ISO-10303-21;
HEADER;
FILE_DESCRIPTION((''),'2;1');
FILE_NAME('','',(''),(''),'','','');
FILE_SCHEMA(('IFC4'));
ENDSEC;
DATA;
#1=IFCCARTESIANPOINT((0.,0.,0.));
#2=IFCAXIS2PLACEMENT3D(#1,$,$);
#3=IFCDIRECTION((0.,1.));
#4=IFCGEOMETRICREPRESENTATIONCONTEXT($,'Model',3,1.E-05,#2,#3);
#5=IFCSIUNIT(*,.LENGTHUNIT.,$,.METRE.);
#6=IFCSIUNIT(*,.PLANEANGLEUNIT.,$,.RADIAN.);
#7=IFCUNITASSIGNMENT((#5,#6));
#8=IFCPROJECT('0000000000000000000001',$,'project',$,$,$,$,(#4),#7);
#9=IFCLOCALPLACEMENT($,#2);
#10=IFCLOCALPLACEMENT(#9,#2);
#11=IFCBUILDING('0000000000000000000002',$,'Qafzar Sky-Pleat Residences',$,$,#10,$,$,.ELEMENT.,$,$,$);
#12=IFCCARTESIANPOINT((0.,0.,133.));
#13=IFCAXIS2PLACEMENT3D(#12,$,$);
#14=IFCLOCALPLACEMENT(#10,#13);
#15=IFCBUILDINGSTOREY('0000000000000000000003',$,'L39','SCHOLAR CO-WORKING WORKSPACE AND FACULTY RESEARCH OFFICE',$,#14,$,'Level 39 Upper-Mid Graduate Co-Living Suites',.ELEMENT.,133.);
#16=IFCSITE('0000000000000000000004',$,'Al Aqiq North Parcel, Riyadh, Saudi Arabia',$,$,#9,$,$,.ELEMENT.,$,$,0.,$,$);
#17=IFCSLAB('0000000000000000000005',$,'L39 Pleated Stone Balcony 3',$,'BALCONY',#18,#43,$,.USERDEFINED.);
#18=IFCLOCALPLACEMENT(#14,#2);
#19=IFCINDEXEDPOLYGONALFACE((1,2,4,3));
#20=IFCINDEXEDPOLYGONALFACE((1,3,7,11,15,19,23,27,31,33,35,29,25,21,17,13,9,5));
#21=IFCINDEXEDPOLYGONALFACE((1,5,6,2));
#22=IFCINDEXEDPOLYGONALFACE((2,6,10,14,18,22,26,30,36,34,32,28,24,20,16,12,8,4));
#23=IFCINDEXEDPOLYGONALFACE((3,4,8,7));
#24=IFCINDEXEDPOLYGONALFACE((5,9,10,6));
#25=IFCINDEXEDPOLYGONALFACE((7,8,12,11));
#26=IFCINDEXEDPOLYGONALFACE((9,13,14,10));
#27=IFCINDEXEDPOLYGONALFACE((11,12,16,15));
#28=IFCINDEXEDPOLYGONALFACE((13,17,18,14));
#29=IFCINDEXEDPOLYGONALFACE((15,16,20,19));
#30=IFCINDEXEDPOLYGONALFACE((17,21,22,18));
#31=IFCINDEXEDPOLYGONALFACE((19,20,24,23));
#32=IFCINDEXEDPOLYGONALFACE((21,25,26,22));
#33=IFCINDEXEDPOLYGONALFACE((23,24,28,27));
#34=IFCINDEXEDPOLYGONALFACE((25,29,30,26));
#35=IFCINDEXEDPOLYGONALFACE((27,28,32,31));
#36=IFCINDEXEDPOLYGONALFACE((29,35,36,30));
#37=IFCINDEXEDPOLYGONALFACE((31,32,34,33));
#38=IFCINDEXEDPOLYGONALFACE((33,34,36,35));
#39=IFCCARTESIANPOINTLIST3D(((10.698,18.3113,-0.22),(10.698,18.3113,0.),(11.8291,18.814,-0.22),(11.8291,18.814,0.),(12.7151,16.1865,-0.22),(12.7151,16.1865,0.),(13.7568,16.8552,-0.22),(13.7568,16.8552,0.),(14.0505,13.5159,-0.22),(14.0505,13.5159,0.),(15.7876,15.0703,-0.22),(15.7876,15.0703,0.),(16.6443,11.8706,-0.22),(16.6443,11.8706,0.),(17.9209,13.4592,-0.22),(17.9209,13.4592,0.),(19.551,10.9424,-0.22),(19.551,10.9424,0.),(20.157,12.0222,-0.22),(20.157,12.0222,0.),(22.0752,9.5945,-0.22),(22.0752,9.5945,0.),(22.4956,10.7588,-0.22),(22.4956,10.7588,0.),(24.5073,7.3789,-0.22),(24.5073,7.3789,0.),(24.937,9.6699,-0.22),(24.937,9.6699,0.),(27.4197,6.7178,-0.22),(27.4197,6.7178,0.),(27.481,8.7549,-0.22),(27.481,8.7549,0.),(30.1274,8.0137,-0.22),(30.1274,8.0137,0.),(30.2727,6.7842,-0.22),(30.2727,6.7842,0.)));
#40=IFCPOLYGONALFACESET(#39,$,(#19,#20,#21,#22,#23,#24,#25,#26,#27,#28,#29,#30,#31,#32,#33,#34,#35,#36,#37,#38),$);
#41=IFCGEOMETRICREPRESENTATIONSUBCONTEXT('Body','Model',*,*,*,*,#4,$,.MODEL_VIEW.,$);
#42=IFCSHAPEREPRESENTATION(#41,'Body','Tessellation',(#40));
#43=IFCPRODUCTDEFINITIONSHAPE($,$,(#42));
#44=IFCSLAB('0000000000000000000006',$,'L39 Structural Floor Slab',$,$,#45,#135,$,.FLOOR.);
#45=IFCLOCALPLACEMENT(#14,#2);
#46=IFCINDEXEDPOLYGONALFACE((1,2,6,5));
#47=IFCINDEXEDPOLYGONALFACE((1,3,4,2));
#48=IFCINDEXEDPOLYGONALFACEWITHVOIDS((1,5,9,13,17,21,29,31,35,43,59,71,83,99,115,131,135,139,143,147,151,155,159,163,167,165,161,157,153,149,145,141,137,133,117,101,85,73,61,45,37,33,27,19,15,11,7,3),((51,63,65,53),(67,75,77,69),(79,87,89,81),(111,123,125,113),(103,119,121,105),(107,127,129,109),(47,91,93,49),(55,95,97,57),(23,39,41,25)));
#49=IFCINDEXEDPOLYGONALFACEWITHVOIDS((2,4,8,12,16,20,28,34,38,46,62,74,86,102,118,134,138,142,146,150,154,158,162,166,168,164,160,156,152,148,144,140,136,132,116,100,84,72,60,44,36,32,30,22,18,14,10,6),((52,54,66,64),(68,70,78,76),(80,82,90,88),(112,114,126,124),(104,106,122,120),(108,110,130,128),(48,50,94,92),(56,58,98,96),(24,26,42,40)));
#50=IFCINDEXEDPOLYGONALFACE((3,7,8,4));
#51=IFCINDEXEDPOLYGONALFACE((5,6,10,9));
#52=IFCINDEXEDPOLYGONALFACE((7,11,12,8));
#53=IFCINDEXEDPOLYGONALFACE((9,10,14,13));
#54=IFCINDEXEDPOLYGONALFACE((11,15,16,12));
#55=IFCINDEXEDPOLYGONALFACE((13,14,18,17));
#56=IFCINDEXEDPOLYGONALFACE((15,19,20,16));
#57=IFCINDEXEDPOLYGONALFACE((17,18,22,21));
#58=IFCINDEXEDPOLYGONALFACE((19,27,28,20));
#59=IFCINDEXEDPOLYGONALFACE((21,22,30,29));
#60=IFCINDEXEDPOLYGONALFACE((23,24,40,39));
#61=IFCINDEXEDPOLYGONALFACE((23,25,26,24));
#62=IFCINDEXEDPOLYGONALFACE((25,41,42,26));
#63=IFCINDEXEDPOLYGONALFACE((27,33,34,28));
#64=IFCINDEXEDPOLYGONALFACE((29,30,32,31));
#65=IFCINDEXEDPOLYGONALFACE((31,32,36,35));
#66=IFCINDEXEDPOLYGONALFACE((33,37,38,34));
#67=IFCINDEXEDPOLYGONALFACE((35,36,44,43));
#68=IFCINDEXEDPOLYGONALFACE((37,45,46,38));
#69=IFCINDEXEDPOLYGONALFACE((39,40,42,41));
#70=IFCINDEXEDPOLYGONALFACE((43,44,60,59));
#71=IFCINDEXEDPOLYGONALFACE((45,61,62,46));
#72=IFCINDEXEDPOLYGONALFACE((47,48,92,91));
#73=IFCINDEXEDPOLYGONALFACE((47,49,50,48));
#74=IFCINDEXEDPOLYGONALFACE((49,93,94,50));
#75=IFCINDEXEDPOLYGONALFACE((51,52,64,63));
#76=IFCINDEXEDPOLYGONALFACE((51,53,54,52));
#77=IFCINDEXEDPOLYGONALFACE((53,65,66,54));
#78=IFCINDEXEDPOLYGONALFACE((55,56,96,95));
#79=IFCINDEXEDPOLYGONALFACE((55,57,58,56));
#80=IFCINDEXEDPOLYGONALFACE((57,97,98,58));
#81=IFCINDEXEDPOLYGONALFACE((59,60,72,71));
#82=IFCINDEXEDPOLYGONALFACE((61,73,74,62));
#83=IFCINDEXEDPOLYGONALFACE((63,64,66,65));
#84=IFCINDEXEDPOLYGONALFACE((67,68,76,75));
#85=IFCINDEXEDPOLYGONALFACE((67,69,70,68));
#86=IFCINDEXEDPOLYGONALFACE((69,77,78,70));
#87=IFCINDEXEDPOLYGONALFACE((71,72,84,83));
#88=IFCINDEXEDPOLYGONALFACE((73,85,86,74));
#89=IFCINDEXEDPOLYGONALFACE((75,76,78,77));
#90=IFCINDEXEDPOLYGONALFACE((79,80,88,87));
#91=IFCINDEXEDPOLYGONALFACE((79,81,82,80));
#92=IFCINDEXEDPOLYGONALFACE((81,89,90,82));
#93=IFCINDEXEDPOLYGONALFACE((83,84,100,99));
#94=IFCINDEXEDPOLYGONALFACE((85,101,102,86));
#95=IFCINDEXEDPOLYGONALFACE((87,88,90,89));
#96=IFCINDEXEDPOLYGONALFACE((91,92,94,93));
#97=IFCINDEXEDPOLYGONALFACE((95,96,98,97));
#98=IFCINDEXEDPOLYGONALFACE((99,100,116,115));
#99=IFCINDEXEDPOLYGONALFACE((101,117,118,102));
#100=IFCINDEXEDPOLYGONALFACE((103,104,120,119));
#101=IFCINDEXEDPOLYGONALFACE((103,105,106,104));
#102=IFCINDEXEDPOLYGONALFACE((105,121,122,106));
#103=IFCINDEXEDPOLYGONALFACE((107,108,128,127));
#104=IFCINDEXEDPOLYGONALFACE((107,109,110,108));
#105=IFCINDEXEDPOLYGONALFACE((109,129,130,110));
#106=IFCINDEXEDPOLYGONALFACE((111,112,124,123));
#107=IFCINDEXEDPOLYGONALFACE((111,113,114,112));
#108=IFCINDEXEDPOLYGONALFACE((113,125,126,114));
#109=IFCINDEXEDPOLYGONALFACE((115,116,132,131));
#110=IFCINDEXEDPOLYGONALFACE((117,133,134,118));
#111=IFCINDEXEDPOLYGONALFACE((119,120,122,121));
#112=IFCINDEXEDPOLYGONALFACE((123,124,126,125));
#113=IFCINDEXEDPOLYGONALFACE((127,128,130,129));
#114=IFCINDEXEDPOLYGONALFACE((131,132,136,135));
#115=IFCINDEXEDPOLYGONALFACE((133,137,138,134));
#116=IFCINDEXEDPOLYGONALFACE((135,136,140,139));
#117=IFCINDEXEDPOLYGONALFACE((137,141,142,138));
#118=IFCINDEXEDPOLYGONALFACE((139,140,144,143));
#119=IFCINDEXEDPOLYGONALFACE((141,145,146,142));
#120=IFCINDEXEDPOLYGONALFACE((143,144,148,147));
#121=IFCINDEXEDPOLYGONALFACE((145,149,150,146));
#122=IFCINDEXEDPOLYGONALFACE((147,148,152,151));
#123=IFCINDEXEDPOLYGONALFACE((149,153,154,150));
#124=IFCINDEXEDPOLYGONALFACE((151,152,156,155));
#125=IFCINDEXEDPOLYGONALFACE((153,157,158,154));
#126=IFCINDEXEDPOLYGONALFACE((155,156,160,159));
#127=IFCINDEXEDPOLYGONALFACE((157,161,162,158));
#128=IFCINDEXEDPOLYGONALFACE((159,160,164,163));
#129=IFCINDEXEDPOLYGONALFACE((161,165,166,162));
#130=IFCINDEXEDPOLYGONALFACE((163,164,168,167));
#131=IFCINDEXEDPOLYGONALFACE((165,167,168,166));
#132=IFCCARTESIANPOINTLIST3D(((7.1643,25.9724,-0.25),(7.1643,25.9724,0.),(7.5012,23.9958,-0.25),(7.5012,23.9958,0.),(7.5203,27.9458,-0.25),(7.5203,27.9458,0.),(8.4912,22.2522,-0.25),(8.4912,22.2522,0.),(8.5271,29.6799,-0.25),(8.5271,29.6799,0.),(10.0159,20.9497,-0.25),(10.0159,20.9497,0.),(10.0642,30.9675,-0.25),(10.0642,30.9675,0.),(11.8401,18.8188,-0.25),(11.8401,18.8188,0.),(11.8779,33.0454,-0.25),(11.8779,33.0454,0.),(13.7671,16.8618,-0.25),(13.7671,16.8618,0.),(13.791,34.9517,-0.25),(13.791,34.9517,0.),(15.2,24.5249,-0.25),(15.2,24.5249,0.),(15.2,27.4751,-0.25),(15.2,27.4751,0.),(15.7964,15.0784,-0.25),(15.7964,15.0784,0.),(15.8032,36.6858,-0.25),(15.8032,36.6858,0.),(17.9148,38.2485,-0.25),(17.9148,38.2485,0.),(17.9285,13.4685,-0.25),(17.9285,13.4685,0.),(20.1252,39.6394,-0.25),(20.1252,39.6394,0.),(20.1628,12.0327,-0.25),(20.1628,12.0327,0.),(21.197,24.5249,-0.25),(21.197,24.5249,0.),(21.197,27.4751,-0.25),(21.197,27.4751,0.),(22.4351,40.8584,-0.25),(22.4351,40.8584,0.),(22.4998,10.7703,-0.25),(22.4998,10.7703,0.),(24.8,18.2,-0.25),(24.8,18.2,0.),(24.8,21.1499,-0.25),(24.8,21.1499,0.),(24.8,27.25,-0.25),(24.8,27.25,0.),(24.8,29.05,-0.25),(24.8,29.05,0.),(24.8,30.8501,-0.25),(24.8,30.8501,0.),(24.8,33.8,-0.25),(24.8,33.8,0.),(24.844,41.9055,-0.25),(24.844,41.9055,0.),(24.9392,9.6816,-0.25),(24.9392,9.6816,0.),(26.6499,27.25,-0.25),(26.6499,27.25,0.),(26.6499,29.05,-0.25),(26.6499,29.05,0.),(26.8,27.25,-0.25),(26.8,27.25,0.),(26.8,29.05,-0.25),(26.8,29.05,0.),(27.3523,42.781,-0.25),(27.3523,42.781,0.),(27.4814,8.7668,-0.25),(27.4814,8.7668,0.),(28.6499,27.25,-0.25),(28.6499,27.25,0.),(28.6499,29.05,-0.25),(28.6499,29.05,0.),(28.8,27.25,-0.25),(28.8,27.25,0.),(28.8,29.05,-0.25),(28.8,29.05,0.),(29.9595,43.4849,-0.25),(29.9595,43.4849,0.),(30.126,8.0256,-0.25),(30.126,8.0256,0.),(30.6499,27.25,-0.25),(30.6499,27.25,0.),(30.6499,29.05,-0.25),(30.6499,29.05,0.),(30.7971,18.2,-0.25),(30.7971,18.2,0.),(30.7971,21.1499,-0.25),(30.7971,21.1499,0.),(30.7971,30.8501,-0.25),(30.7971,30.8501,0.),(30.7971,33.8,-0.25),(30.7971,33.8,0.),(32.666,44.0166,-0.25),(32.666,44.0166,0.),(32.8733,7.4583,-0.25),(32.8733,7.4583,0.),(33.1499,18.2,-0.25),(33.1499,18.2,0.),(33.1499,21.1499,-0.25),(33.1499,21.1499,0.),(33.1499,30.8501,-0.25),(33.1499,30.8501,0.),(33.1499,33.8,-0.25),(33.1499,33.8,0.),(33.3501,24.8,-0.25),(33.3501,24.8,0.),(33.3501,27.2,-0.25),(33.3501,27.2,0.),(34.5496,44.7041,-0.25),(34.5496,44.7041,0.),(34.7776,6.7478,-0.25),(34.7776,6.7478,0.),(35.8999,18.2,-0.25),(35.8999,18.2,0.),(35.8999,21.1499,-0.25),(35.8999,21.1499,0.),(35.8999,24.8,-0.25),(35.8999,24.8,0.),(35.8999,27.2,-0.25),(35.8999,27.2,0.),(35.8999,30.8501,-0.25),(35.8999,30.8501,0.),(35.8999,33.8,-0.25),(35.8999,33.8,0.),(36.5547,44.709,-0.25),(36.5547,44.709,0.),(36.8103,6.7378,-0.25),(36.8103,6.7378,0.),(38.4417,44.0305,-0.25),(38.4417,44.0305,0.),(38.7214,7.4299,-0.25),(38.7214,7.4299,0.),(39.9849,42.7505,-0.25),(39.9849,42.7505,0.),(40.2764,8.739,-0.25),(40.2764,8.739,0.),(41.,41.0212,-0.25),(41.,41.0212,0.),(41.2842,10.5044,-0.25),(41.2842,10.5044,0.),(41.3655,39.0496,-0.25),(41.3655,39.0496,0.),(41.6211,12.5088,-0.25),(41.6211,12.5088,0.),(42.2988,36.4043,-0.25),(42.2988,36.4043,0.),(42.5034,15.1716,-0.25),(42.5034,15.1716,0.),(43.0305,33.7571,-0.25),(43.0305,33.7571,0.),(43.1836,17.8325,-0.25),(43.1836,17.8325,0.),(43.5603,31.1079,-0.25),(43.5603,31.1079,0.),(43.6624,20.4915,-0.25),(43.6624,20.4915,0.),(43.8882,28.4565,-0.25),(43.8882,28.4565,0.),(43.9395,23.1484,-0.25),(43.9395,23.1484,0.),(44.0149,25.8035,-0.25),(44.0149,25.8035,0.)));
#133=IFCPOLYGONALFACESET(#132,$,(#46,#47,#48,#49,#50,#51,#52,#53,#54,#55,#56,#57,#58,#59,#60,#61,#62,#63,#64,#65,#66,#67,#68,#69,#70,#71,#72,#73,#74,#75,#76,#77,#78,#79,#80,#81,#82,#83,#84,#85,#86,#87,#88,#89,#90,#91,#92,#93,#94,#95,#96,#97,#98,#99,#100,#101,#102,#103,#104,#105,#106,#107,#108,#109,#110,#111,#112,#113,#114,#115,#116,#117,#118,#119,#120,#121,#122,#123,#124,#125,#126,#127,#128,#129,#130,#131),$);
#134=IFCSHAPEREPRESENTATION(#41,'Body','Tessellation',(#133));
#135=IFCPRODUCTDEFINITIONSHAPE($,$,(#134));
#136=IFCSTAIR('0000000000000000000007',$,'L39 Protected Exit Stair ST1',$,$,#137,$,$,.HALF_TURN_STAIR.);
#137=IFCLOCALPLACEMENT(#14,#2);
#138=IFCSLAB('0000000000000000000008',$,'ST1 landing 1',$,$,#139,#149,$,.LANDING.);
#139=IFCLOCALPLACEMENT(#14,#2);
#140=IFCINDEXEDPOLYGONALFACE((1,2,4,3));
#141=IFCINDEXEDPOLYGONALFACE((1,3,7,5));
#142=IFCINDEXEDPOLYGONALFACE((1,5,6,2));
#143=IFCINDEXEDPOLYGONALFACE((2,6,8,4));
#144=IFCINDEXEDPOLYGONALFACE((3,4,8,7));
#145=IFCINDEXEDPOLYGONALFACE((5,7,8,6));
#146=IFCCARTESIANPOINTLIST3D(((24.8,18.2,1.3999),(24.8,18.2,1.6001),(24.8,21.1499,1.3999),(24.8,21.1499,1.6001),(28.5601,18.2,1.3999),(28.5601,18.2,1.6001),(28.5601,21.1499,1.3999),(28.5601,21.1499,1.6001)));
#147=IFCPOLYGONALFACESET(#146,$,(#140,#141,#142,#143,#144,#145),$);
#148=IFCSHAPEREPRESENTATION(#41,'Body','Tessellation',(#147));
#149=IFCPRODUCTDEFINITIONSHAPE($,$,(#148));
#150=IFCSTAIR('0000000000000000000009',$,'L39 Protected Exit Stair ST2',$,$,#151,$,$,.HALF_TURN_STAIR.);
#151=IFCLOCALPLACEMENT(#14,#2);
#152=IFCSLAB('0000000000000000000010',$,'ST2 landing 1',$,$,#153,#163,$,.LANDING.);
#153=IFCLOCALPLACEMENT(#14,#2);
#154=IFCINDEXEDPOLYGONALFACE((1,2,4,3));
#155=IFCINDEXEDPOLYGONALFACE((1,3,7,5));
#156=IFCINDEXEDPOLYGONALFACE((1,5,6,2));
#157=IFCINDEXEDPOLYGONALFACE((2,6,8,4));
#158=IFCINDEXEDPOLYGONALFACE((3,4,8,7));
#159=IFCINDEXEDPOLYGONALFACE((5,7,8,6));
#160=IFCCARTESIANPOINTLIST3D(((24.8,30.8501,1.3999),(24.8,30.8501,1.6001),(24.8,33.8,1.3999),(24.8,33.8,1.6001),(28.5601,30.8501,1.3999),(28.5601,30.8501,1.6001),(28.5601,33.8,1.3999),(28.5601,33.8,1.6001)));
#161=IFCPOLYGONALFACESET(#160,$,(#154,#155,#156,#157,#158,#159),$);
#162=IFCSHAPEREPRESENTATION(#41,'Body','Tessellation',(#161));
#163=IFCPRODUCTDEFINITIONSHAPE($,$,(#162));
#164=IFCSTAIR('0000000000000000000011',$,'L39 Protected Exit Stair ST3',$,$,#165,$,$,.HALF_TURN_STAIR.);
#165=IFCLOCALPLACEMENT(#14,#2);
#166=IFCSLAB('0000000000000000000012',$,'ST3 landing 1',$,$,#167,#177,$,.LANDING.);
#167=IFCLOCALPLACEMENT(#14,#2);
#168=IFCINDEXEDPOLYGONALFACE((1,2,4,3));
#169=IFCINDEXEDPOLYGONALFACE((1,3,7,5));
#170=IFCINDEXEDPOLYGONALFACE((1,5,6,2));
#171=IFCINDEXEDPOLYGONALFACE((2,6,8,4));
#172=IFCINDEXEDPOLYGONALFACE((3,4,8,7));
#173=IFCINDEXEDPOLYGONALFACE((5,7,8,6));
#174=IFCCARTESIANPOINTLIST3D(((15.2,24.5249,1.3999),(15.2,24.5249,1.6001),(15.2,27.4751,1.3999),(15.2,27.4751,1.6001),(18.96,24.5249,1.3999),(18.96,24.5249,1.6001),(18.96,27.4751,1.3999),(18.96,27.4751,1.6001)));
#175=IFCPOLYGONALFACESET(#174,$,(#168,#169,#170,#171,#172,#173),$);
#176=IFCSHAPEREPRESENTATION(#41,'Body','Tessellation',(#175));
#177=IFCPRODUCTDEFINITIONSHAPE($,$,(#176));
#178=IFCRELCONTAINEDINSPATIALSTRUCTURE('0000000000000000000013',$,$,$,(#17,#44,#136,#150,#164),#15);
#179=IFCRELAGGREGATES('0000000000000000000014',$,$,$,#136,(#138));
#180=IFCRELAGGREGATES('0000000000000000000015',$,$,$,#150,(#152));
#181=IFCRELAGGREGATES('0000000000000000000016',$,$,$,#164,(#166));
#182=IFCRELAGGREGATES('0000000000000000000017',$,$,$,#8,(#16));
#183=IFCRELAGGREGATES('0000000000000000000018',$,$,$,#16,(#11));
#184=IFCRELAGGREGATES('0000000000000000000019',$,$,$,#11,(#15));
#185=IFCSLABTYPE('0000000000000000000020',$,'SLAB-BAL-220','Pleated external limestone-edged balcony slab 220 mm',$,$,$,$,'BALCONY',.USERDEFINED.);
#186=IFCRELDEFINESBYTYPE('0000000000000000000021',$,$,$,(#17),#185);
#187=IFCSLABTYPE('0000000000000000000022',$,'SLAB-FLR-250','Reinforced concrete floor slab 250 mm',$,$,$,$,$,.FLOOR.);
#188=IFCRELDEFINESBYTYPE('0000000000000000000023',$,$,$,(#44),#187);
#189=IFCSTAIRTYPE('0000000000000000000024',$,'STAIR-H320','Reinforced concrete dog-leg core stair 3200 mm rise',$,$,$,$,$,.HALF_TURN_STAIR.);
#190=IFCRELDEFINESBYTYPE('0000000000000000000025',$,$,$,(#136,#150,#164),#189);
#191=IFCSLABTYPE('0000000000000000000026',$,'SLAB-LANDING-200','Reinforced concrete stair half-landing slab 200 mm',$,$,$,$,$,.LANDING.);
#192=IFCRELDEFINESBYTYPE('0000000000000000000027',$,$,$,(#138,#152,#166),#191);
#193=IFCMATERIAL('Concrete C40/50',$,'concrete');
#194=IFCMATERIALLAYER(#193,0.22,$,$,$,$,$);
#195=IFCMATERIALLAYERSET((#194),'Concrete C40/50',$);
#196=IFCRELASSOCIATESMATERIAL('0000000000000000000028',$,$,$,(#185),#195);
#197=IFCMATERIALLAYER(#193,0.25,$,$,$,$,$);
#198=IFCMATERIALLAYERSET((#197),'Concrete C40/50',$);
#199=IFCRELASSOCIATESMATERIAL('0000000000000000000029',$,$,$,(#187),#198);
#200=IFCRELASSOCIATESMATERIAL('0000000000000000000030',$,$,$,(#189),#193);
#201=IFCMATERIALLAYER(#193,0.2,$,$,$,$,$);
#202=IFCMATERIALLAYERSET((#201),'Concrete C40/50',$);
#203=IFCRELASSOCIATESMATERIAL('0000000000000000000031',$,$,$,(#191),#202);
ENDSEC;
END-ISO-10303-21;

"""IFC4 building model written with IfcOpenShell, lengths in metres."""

from ifc_helpers import new_model, si_unit, direction, frame, origin, place, context, subcontext, project, spatial, polyline, outline, extrude, material, layer, layer_set, type_object, element, aggregate, save


model = new_model("IFC4")

# Units and contexts
model_context = context("Model", 3, precision=1e-05, world=origin(), true_north=direction((0.0, 1.0)))
body_context = subcontext(model_context, "Body", "Model", "MODEL_VIEW")
ifc_project = project(units=[si_unit("LENGTHUNIT", "METRE"), si_unit("PLANEANGLEUNIT", "RADIAN")], contexts=[model_context])

# Site, building, storey
site_placement = place(None, origin())
site = spatial("IfcSite", under=ifc_project, at=site_placement, Name="Al Aqiq North Parcel, Riyadh, Saudi Arabia", CompositionType="ELEMENT", RefElevation=0.0)
building_placement = place(site_placement, origin())
building = spatial("IfcBuilding", under=site, at=building_placement, Name="Qafzar Sky-Pleat Residences", CompositionType="ELEMENT")
storey_placement = place(building_placement, frame((0.0, 0.0, 133.0)))
storey = spatial("IfcBuildingStorey", under=building, at=storey_placement, Name="L39", Description="SCHOLAR CO-WORKING WORKSPACE AND FACULTY RESEARCH OFFICE", LongName="Level 39 Upper-Mid Graduate Co-Living Suites", CompositionType="ELEMENT", Elevation=133.0)

# Slabs
ifc_material_1 = material(Name="Concrete C40/50", Category="concrete")
ifc_layer_1 = layer(ifc_material_1, 0.22)
ifc_layer_set_1 = layer_set([ifc_layer_1], Name="Concrete C40/50")
slab_type_1 = type_object("IfcSlabType", Name="SLAB-BAL-220", Description="Pleated external limestone-edged balcony slab 220 mm", ElementType="BALCONY", PredefinedType="USERDEFINED", material=ifc_layer_set_1)
slab_1_placement = place(storey_placement, frame((0.0, 0.0, -0.22)))
element("IfcSlab", 1, at=slab_1_placement, inside=storey, type_object=slab_type_1, Name="L39 Pleated Stone Balcony 3", ObjectType="BALCONY", PredefinedType="USERDEFINED", context=body_context, shape_type="SweptSolid", body=[
    extrude(outline(polyline([(13.7568, 16.8552), (15.7876, 15.0703), (17.9209, 13.4592), (20.157, 12.0222), (22.4956, 10.7588), (24.937, 9.6699), (27.481, 8.7549), (30.1274, 8.0137), (30.2727, 6.7842), (27.4197, 6.7178), (24.5073, 7.3789), (22.0752, 9.5945), (19.551, 10.9424), (16.6443, 11.8706), (14.0505, 13.5159), (12.7151, 16.1865), (10.698, 18.3113), (11.8291, 18.814), (13.7568, 16.8552)])), origin(), (0.0, 0.0, 1.0), 0.22),
])
ifc_layer_2 = layer(ifc_material_1, 0.25)
ifc_layer_set_2 = layer_set([ifc_layer_2], Name="Concrete C40/50")
slab_type_2 = type_object("IfcSlabType", Name="SLAB-FLR-250", Description="Reinforced concrete floor slab 250 mm", PredefinedType="FLOOR", material=ifc_layer_set_2)
slab_2_placement = place(storey_placement, frame((0.0, 0.0, -0.25)))
element("IfcSlab", 2, at=slab_2_placement, inside=storey, type_object=slab_type_2, Name="L39 Structural Floor Slab", PredefinedType="FLOOR", context=body_context, shape_type="SweptSolid", body=[
    extrude(outline(polyline([(10.0642, 30.9675), (8.5271, 29.6799), (7.5203, 27.9458), (7.1643, 25.9724), (7.5012, 23.9958), (8.4912, 22.2522), (10.0159, 20.9497), (11.8401, 18.8188), (13.7671, 16.8618), (15.7964, 15.0784), (17.9285, 13.4685), (20.1628, 12.0327), (22.4998, 10.7703), (24.9392, 9.6816), (27.4814, 8.7668), (30.126, 8.0256), (32.8733, 7.4583), (34.7776, 6.7478), (36.8103, 6.7378), (38.7214, 7.4299), (40.2764, 8.739), (41.2842, 10.5044), (41.6211, 12.5088), (42.5034, 15.1716), (43.1836, 17.8325), (43.6624, 20.4915), (43.9395, 23.1484), (44.0149, 25.8035), (43.8882, 28.4565), (43.5603, 31.1079), (43.0305, 33.7571), (42.2988, 36.4043), (41.3655, 39.0496), (41.0, 41.0212), (39.9849, 42.7505), (38.4417, 44.0305), (36.5547, 44.709), (34.5496, 44.7041), (32.666, 44.0166), (29.9595, 43.4849), (27.3523, 42.781), (24.844, 41.9055), (22.4351, 40.8584), (20.1252, 39.6394), (17.9148, 38.2485), (15.8032, 36.6858), (13.791, 34.9517), (11.8779, 33.0454), (10.0642, 30.9675)]), holes=[polyline([(30.7971, 21.1499), (24.8, 21.1499), (24.8, 18.2), (30.7971, 18.2), (30.7971, 21.1499)]), polyline([(30.7971, 33.8), (24.8, 33.8), (24.8, 30.8501), (30.7971, 30.8501), (30.7971, 33.8)]), polyline([(21.197, 27.4751), (15.2, 27.4751), (15.2, 24.5249), (21.197, 24.5249), (21.197, 27.4751)]), polyline([(24.8, 27.25), (26.6499, 27.25), (26.6499, 29.05), (24.8, 29.05), (24.8, 27.25)]), polyline([(26.8, 27.25), (28.6499, 27.25), (28.6499, 29.05), (26.8, 29.05), (26.8, 27.25)]), polyline([(28.8, 27.25), (30.6499, 27.25), (30.6499, 29.05), (28.8, 29.05), (28.8, 27.25)]), polyline([(33.1499, 18.2), (35.8999, 18.2), (35.8999, 21.1499), (33.1499, 21.1499), (33.1499, 18.2)]), polyline([(33.1499, 30.8501), (35.8999, 30.8501), (35.8999, 33.8), (33.1499, 33.8), (33.1499, 30.8501)]), polyline([(33.3501, 24.8), (35.8999, 24.8), (35.8999, 27.2), (33.3501, 27.2), (33.3501, 24.8)])]), origin(), (0.0, 0.0, 1.0), 0.25),
])

# Stairs, slabs
stair_type = type_object("IfcStairType", Name="STAIR-H320", Description="Reinforced concrete dog-leg core stair 3200 mm rise", PredefinedType="HALF_TURN_STAIR", material=ifc_material_1)
stair_1_placement = place(storey_placement, origin())
stair_1 = element("IfcStair", 3, at=stair_1_placement, inside=storey, type_object=stair_type, Name="L39 Protected Exit Stair ST1", PredefinedType="HALF_TURN_STAIR")
ifc_layer_3 = layer(ifc_material_1, 0.2)
ifc_layer_set_3 = layer_set([ifc_layer_3], Name="Concrete C40/50")
slab_type_3 = type_object("IfcSlabType", Name="SLAB-LANDING-200", Description="Reinforced concrete stair half-landing slab 200 mm", PredefinedType="LANDING", material=ifc_layer_set_3)
slab_3_placement = place(storey_placement, frame((0.0, 0.0, 1.3999)))
slab_3 = element("IfcSlab", 4, at=slab_3_placement, type_object=slab_type_3, Name="ST1 landing 1", PredefinedType="LANDING", context=body_context, shape_type="SweptSolid", body=[
    extrude(outline(polyline([(28.5601, 21.1499), (24.8, 21.1499), (24.8, 18.2), (28.5601, 18.2), (28.5601, 21.1499)])), origin(), (0.0, 0.0, 1.0), 0.2002),
])
aggregate(stair_1, [slab_3])
stair_2_placement = place(storey_placement, origin())
stair_2 = element("IfcStair", 5, at=stair_2_placement, inside=storey, type_object=stair_type, Name="L39 Protected Exit Stair ST2", PredefinedType="HALF_TURN_STAIR")
slab_4_placement = place(storey_placement, frame((0.0, 0.0, 1.3999)))
slab_4 = element("IfcSlab", 6, at=slab_4_placement, type_object=slab_type_3, Name="ST2 landing 1", PredefinedType="LANDING", context=body_context, shape_type="SweptSolid", body=[
    extrude(outline(polyline([(28.5601, 33.8), (24.8, 33.8), (24.8, 30.8501), (28.5601, 30.8501), (28.5601, 33.8)])), origin(), (0.0, 0.0, 1.0), 0.2002),
])
aggregate(stair_2, [slab_4])
stair_3_placement = place(storey_placement, origin())
stair_3 = element("IfcStair", 7, at=stair_3_placement, inside=storey, type_object=stair_type, Name="L39 Protected Exit Stair ST3", PredefinedType="HALF_TURN_STAIR")
slab_5_placement = place(storey_placement, frame((0.0, 0.0, 1.3999)))
slab_5 = element("IfcSlab", 8, at=slab_5_placement, type_object=slab_type_3, Name="ST3 landing 1", PredefinedType="LANDING", context=body_context, shape_type="SweptSolid", body=[
    extrude(outline(polyline([(18.96, 27.4751), (15.2, 27.4751), (15.2, 24.5249), (18.96, 24.5249), (18.96, 27.4751)])), origin(), (0.0, 0.0, 1.0), 0.2002),
])
aggregate(stair_3, [slab_5])

save(model, "model.ifc")
